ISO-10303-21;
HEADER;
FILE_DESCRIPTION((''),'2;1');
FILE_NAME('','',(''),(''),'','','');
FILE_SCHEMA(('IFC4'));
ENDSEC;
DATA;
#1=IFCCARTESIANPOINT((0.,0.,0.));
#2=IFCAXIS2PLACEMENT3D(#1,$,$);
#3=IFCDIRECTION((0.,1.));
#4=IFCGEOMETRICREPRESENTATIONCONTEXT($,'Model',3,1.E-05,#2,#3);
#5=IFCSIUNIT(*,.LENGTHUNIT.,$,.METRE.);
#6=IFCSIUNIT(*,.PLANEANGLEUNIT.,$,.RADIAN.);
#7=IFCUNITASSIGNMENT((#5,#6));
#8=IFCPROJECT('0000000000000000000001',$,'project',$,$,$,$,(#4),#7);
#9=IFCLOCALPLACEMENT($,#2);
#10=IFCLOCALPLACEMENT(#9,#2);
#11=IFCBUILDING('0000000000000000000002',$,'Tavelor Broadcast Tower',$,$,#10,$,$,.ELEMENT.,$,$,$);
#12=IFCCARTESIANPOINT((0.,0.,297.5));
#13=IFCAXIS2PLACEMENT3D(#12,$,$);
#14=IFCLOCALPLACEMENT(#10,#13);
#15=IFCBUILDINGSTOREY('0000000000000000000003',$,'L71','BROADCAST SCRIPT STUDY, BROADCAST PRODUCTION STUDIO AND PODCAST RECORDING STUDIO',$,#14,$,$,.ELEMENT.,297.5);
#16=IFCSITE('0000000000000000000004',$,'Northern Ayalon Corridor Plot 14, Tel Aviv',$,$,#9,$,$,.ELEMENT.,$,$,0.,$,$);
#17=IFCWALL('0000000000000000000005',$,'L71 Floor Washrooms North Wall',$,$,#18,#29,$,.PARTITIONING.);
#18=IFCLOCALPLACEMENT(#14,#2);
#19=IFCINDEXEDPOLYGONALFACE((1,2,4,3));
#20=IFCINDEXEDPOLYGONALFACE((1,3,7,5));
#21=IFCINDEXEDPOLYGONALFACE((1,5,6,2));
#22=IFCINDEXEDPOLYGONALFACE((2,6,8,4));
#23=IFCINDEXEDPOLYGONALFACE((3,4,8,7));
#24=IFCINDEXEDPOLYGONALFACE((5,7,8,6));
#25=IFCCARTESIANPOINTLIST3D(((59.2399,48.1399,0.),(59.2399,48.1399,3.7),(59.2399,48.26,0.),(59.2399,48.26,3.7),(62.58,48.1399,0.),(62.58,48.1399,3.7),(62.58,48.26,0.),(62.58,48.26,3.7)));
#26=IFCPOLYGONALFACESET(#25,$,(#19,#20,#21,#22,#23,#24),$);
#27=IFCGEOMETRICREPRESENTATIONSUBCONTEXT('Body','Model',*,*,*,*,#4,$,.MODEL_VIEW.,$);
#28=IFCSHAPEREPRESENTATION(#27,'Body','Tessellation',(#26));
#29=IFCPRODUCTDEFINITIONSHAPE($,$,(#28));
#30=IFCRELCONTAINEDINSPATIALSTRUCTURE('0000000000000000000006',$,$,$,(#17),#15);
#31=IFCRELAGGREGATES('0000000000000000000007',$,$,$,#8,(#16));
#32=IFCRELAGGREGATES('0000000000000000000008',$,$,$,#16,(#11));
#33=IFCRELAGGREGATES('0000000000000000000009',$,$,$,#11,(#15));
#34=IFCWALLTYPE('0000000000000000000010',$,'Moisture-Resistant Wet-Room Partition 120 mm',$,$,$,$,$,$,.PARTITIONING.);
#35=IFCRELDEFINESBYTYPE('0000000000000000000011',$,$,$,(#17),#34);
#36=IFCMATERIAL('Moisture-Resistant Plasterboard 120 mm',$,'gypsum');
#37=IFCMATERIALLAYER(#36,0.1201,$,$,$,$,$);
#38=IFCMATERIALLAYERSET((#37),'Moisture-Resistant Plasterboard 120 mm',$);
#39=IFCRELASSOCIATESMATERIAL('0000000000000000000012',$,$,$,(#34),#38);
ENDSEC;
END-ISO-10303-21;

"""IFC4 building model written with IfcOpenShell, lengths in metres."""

from ifc_helpers import new_model, si_unit, direction, frame, frame_2d, origin, place, context, subcontext, project, spatial, rectangle, extrude, material, layer, layer_set, type_object, element, save


model = new_model("IFC4")

# Units and contexts
model_context = context("Model", 3, precision=1e-05, world=origin(), true_north=direction((0.0, 1.0)))
body_context = subcontext(model_context, "Body", "Model", "MODEL_VIEW")
ifc_project = project(units=[si_unit("LENGTHUNIT", "METRE"), si_unit("PLANEANGLEUNIT", "RADIAN")], contexts=[model_context])

# Site, building, storey
site_placement = place(None, origin())
site = spatial("IfcSite", under=ifc_project, at=site_placement, Name="Northern Ayalon Corridor Plot 14, Tel Aviv", CompositionType="ELEMENT", RefElevation=0.0)
building_placement = place(site_placement, origin())
building = spatial("IfcBuilding", under=site, at=building_placement, Name="Tavelor Broadcast Tower", CompositionType="ELEMENT")
storey_placement = place(building_placement, frame((0.0, 0.0, 297.5)))
storey = spatial("IfcBuildingStorey", under=building, at=storey_placement, Name="L71", Description="BROADCAST SCRIPT STUDY, BROADCAST PRODUCTION STUDIO AND PODCAST RECORDING STUDIO", CompositionType="ELEMENT", Elevation=297.5)

# Wall
ifc_material_1 = material(Name="Moisture-Resistant Plasterboard 120 mm", Category="gypsum")
ifc_layer_1 = layer(ifc_material_1, 0.1201)
ifc_layer_set_1 = layer_set([ifc_layer_1], Name="Moisture-Resistant Plasterboard 120 mm")
wall_type_1 = type_object("IfcWallType", Name="Moisture-Resistant Wet-Room Partition 120 mm", PredefinedType="PARTITIONING", material=ifc_layer_set_1)
wall_1_placement = place(storey_placement, frame((59.24, 48.2, 0.0), z_axis=(0.0, 0.0, 1.0), x_axis=(1.0, 0.0, 0.0)))
element("IfcWall", 1, at=wall_1_placement, inside=storey, type_object=wall_type_1, Name="L71 Floor Washrooms North Wall", PredefinedType="PARTITIONING", context=body_context, shape_type="SweptSolid", body=[
    extrude(rectangle(XDim=3.3401, YDim=0.1201, at=frame_2d((1.6699, 0.0))), origin(), (0.0, 0.0, 1.0), 3.7),
])

save(model, "model.ifc")
